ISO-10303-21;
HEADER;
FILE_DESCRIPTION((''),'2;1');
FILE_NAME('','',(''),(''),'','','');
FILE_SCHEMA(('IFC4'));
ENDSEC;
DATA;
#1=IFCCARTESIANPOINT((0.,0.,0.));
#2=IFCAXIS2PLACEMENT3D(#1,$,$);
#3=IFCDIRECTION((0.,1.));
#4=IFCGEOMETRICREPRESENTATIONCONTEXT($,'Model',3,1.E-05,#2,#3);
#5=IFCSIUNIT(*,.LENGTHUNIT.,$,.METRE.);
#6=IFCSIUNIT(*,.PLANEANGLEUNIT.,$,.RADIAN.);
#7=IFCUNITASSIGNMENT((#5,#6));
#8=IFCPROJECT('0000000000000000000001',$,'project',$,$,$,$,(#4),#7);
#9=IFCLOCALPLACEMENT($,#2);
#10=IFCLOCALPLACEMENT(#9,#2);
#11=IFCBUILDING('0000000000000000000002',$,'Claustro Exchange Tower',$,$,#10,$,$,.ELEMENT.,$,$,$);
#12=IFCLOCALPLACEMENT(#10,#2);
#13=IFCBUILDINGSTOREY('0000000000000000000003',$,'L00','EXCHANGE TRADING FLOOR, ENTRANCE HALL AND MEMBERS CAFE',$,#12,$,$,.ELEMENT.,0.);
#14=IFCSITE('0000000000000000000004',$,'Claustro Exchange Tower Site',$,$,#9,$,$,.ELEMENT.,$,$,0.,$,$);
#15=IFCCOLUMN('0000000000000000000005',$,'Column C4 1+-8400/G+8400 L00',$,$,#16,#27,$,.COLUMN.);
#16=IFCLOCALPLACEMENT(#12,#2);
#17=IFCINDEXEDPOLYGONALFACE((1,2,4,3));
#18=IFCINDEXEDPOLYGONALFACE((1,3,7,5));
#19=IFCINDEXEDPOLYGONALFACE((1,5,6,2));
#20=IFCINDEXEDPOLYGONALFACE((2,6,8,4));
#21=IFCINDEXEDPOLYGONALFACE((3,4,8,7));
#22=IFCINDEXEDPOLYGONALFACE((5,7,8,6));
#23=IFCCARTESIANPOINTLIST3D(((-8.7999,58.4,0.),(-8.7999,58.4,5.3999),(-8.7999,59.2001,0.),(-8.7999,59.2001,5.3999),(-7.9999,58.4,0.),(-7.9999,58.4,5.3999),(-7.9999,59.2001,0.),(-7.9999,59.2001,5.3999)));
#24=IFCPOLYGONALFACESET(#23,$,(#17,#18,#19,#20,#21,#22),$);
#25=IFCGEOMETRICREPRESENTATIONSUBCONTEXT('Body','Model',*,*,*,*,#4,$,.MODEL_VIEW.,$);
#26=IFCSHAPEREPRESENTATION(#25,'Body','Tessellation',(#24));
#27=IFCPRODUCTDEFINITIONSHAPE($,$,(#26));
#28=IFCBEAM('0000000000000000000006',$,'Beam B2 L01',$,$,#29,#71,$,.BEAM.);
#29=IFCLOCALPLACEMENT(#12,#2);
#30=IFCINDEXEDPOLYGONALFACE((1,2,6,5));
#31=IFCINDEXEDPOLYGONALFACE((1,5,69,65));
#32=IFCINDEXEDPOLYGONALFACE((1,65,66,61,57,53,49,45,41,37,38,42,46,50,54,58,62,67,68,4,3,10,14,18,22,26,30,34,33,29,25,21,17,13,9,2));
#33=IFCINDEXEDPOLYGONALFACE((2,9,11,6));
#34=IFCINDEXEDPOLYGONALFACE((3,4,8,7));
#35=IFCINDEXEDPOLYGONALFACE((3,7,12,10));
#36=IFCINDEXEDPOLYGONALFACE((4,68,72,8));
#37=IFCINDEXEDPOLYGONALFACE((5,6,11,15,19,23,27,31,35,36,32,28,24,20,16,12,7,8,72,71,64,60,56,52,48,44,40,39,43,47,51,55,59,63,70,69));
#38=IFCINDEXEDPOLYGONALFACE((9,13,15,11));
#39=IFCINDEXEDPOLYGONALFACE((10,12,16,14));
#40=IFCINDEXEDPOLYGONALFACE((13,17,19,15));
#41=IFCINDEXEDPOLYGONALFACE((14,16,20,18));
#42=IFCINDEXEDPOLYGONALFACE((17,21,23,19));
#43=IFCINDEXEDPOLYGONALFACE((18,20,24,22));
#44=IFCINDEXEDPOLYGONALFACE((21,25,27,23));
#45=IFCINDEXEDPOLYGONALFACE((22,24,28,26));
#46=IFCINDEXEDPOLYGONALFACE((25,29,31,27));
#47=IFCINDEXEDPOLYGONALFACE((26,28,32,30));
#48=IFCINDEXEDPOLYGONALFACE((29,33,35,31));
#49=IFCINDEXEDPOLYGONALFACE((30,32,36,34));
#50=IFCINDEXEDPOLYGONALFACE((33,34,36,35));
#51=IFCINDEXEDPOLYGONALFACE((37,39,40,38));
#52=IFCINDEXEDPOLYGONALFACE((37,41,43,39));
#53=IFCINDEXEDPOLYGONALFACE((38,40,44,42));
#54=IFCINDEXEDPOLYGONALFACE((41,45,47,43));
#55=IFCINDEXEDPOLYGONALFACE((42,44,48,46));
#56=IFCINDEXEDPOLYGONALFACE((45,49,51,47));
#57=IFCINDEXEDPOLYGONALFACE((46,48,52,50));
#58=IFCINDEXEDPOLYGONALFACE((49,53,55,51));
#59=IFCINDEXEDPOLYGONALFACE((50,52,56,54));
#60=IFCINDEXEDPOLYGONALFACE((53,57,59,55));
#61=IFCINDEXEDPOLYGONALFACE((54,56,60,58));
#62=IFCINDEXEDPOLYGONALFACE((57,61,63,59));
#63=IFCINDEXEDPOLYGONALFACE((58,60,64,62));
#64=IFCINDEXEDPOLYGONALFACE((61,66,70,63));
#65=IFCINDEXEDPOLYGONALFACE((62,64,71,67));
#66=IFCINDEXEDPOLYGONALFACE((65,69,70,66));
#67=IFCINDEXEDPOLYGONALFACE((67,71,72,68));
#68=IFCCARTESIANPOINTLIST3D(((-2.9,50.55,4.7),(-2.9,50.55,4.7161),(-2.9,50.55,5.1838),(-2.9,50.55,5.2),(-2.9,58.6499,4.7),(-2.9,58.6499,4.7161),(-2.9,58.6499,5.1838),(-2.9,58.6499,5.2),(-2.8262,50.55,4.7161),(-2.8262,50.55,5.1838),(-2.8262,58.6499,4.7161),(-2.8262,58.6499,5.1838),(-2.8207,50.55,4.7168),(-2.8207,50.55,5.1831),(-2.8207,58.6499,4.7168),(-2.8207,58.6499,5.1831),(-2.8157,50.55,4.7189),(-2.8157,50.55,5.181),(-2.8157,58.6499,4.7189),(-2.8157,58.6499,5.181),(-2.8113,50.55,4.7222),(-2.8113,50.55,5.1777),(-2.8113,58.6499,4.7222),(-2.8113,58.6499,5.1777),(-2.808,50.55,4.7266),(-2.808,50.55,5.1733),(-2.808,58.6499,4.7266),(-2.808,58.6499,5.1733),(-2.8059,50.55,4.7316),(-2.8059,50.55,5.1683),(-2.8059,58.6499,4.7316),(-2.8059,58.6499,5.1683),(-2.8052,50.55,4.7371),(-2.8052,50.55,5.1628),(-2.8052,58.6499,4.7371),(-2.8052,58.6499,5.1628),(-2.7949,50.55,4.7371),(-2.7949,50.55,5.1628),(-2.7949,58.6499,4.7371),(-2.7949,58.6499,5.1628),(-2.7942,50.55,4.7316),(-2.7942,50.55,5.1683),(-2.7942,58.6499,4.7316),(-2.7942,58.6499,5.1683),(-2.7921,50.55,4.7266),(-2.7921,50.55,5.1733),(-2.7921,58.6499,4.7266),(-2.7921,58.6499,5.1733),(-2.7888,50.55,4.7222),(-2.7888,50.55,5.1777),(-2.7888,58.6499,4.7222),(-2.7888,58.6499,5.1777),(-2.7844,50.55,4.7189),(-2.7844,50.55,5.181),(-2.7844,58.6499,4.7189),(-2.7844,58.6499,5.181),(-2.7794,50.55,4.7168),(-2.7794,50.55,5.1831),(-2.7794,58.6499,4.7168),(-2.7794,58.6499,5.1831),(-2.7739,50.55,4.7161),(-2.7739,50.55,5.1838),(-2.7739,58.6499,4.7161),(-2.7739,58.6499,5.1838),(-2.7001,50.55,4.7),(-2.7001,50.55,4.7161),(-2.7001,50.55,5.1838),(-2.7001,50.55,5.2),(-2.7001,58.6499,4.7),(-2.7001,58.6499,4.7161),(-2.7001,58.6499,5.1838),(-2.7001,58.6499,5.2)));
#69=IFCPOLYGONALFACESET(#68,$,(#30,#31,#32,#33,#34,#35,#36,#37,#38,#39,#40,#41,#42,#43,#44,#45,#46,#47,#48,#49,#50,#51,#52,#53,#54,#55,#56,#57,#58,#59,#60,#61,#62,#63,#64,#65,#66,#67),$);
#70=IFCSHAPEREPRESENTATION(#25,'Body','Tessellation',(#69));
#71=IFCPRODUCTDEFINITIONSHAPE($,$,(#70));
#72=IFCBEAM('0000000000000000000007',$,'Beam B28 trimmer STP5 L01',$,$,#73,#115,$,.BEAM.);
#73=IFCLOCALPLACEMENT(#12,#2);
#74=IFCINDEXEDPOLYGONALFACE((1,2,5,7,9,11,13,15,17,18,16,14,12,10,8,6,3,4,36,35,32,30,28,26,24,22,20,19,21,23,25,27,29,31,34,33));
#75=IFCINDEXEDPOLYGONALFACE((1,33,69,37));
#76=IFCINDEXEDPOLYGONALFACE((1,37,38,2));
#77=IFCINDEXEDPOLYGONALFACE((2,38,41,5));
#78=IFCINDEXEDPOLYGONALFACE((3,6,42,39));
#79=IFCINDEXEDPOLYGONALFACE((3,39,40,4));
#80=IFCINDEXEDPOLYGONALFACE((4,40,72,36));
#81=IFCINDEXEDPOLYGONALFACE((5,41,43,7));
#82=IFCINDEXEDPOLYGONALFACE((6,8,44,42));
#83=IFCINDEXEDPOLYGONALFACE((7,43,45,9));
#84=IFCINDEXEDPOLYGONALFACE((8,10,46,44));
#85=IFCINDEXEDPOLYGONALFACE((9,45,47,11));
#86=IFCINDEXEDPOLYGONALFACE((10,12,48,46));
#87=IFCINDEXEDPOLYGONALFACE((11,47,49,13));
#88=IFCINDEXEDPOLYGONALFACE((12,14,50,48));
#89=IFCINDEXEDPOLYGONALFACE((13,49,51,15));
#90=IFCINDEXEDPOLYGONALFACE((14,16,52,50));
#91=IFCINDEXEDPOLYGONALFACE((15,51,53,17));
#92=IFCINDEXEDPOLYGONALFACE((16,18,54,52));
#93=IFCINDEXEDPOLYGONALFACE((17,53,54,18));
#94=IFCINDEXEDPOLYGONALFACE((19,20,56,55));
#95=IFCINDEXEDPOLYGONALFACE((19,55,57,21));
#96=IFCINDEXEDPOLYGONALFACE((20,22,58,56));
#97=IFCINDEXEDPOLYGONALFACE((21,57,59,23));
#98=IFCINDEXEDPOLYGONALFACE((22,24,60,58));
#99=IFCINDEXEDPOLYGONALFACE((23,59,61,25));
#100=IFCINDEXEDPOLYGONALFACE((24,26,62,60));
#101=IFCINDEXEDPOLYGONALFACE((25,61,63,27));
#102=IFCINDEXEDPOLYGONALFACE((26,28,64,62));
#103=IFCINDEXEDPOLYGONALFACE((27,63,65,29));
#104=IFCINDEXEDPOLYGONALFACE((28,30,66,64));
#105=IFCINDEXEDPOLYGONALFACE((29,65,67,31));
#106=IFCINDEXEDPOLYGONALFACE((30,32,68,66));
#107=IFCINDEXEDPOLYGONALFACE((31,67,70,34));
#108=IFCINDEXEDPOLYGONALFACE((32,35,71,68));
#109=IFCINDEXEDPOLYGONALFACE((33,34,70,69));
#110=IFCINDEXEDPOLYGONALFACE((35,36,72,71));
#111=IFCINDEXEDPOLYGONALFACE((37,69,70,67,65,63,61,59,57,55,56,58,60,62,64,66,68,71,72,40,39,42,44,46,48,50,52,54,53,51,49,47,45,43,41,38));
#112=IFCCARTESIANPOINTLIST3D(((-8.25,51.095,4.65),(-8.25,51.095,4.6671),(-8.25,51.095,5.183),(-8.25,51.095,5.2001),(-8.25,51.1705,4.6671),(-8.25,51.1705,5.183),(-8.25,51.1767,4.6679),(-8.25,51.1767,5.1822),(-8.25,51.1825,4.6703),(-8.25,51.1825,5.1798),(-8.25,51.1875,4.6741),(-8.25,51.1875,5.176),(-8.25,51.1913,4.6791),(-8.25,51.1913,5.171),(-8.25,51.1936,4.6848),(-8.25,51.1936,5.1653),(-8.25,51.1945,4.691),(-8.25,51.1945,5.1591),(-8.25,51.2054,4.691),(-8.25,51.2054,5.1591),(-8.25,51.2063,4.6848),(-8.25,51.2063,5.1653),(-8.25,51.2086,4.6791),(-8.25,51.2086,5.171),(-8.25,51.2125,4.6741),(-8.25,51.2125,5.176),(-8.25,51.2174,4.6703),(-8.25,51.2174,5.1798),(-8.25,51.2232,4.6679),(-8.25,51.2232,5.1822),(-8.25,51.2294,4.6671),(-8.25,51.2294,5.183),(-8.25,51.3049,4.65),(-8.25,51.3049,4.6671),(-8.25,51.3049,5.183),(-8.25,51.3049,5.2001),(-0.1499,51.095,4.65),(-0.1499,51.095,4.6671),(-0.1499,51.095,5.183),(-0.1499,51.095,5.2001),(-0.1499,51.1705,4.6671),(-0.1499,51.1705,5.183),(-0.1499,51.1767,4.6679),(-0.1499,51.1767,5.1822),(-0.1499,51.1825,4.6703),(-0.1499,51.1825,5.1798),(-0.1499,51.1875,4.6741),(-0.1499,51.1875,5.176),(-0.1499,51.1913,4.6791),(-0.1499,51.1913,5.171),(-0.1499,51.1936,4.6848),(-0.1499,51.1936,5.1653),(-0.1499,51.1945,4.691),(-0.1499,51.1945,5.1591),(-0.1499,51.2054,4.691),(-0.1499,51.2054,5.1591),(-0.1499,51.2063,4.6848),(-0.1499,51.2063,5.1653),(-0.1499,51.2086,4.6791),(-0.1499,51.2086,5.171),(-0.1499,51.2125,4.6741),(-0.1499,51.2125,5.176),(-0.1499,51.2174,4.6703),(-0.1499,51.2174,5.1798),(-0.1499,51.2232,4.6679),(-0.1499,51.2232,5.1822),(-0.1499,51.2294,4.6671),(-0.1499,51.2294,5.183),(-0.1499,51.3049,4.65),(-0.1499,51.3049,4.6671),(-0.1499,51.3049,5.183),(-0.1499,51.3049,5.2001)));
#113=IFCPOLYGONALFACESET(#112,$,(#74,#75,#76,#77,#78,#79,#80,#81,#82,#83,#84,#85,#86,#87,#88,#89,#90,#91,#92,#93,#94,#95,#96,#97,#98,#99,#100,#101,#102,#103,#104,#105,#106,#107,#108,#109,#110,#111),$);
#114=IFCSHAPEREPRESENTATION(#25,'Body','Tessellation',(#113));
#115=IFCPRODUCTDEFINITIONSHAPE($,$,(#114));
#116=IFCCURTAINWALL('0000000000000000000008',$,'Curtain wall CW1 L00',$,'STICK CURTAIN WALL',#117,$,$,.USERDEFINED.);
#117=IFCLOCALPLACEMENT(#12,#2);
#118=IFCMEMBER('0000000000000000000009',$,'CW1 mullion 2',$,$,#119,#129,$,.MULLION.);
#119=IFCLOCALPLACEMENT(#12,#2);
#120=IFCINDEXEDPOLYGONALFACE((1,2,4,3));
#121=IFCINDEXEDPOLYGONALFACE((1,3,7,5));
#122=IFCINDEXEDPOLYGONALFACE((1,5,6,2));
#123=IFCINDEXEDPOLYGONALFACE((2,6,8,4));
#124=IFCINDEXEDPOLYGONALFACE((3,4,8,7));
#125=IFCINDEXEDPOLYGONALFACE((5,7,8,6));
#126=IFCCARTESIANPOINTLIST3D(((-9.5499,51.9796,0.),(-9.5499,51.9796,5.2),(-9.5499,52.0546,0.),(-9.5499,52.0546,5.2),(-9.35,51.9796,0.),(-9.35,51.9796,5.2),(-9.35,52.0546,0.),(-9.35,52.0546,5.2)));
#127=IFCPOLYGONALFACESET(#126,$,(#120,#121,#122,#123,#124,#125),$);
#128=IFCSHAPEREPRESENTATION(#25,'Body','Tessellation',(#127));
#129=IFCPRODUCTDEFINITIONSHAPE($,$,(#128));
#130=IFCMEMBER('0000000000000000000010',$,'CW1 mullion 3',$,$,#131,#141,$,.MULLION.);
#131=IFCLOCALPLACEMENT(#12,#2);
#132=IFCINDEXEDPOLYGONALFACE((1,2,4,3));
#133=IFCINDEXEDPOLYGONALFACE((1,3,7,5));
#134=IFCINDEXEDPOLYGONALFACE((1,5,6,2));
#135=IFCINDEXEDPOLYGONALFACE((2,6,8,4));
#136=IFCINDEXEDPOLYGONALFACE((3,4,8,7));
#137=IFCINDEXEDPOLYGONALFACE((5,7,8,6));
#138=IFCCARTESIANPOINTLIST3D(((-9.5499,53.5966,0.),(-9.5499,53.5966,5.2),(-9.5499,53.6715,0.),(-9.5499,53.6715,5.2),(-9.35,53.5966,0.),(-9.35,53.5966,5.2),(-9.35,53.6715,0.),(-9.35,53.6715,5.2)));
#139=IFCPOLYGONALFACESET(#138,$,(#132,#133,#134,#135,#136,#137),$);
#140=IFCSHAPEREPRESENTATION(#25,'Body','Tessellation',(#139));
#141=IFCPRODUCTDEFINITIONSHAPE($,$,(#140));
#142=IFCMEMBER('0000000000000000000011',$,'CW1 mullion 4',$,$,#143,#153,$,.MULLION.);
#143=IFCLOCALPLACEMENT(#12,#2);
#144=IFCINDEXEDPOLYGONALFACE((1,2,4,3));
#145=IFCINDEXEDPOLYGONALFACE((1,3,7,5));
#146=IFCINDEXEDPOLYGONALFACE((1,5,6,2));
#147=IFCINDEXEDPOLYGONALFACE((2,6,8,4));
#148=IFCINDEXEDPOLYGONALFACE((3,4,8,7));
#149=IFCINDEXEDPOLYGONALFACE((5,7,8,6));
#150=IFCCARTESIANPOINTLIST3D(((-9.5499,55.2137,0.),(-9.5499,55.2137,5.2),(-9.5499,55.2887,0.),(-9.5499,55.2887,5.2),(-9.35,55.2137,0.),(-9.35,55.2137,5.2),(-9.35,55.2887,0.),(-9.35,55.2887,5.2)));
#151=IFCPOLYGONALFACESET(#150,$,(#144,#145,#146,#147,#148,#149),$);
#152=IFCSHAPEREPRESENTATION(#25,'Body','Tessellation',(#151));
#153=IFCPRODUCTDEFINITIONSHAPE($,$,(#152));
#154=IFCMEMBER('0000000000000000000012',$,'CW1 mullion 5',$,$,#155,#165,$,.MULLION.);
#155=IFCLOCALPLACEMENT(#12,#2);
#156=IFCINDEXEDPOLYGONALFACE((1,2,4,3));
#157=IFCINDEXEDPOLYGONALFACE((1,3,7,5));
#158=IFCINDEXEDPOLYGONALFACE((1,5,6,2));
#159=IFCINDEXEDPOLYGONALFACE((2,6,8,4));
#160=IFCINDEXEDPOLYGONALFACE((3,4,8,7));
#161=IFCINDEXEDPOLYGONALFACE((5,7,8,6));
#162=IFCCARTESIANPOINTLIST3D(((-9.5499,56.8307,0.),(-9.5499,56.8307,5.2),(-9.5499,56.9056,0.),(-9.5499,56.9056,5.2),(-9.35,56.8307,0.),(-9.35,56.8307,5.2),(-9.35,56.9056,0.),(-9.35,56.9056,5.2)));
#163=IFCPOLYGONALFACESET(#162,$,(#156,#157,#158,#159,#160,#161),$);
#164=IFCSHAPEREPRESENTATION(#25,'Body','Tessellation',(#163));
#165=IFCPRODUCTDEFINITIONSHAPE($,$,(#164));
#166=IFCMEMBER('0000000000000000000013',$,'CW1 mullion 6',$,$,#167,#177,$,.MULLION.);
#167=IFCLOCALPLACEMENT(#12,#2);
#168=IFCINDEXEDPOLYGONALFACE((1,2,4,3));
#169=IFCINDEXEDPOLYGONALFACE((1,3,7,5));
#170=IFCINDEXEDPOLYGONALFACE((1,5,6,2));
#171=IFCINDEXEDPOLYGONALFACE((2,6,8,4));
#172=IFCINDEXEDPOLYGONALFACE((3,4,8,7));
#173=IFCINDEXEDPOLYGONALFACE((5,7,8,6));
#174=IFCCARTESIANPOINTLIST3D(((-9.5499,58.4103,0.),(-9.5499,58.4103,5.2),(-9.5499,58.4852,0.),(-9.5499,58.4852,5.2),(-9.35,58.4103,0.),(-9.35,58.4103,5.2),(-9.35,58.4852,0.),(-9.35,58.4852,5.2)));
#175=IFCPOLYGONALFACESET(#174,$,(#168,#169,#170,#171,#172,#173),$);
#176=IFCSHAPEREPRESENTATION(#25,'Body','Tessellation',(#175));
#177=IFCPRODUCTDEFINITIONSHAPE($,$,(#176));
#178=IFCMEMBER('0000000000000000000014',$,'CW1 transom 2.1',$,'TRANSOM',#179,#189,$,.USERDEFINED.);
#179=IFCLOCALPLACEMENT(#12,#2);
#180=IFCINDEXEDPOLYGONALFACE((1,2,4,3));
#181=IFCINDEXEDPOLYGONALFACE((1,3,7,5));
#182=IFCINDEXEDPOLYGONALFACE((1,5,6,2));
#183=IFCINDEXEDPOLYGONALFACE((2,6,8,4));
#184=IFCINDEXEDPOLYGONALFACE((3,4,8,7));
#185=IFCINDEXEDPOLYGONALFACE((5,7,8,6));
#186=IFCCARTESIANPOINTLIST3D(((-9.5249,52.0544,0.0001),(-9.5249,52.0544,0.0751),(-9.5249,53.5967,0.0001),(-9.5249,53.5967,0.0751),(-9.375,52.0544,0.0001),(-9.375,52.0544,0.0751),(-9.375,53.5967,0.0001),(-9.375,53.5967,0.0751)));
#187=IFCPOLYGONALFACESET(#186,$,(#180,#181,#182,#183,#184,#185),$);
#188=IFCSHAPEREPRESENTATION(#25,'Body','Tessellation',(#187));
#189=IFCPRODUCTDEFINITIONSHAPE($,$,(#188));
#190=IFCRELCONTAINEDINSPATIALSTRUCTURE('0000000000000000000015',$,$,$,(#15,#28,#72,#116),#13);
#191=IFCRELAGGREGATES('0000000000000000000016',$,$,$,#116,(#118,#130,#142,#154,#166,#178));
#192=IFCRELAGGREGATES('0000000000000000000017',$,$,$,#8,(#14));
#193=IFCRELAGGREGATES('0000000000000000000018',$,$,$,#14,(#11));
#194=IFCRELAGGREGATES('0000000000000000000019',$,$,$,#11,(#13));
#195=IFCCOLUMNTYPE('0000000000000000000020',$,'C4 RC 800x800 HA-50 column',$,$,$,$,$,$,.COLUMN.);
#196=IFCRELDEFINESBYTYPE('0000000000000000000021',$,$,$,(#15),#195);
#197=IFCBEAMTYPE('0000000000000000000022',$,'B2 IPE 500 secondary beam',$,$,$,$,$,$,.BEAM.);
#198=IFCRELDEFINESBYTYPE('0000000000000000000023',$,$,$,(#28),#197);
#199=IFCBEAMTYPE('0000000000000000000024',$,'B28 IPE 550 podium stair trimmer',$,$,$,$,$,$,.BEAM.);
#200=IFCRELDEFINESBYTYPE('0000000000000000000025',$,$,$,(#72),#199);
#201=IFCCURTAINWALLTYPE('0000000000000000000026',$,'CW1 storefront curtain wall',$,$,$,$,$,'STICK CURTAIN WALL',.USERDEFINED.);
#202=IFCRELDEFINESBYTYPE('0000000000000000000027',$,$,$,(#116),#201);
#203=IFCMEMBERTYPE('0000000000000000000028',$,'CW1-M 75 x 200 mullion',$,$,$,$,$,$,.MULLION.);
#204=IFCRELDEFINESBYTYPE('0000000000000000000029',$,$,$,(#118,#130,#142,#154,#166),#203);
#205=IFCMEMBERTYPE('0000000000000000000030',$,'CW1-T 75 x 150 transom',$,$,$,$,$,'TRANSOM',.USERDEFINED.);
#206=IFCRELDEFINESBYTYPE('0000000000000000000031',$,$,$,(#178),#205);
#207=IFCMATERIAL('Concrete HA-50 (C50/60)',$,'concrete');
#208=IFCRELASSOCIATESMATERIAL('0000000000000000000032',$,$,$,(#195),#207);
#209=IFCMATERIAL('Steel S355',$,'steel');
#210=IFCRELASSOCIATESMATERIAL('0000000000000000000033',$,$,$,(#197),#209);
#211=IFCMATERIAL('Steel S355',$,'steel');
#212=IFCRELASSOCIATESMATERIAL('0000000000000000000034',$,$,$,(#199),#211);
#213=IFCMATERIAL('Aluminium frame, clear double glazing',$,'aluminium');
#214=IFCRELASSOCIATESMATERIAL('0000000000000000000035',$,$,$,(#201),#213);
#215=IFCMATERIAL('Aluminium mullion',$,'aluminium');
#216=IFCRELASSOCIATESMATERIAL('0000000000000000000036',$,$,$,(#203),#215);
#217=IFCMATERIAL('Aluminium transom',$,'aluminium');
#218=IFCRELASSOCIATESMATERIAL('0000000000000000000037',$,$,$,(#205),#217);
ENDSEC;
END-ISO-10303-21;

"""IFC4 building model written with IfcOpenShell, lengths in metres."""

from ifc_helpers import new_model, si_unit, direction, frame, origin, origin_2d, place, context, subcontext, project, spatial, rectangle, i_section, extrude, material, material_profile, profile_set, type_object, element, aggregate, save


model = new_model("IFC4")

# Units and contexts
model_context = context("Model", 3, precision=1e-05, world=origin(), true_north=direction((0.0, 1.0)))
body_context = subcontext(model_context, "Body", "Model", "MODEL_VIEW")
ifc_project = project(units=[si_unit("LENGTHUNIT", "METRE"), si_unit("PLANEANGLEUNIT", "RADIAN")], contexts=[model_context])

# Site, building, storey
site_placement = place(None, origin())
site = spatial("IfcSite", under=ifc_project, at=site_placement, Name="Claustro Exchange Tower Site", CompositionType="ELEMENT", RefElevation=0.0)
building_placement = place(site_placement, origin())
building = spatial("IfcBuilding", under=site, at=building_placement, Name="Claustro Exchange Tower", CompositionType="ELEMENT")
storey_placement = place(building_placement, origin())
storey = spatial("IfcBuildingStorey", under=building, at=storey_placement, Name="L00", Description="EXCHANGE TRADING FLOOR, ENTRANCE HALL AND MEMBERS CAFE", CompositionType="ELEMENT", Elevation=0.0)

# Column
ifc_material_1 = material(Name="Concrete HA-50 (C50/60)", Category="concrete")
ifc_material_profile_1 = material_profile(ifc_material_1, rectangle(XDim=0.8, YDim=0.8, at=origin_2d()), Name="RC 800x800")
ifc_profile_set_1 = profile_set([ifc_material_profile_1], Name="Concrete HA-50 (C50/60)")
column_type = type_object("IfcColumnType", Name="C4 RC 800x800 HA-50 column", PredefinedType="COLUMN", material=ifc_profile_set_1)
column_placement = place(storey_placement, frame((-8.3999, 58.8, 0.0), z_axis=(0.0, 0.0, 1.0), x_axis=(1.0, 0.0, 0.0)))
element("IfcColumn", 1, at=column_placement, inside=storey, type_object=column_type, Name="Column C4 1+-8400/G+8400 L00", PredefinedType="COLUMN", context=body_context, shape_type="SweptSolid", body=[
    extrude(rectangle(XDim=0.8, YDim=0.8, at=origin_2d()), origin(), (0.0, 0.0, 1.0), 5.3999),
])

# Beams
ifc_material_2 = material(Name="Steel S355", Category="steel")
ifc_material_profile_2 = material_profile(ifc_material_2, i_section(OverallWidth=0.2, OverallDepth=0.5, WebThickness=0.0103, FlangeThickness=0.0161, FilletRadius=0.021, at=origin_2d()), Name="IPE 500")
ifc_profile_set_2 = profile_set([ifc_material_profile_2], Name="Steel S355")
beam_type_1 = type_object("IfcBeamType", Name="B2 IPE 500 secondary beam", PredefinedType="BEAM", material=ifc_profile_set_2)
beam_1_placement = place(storey_placement, frame((-2.8, 50.55, 4.95), z_axis=(0.0, 1.0, 0.0), x_axis=(-1.0, 0.0, 0.0)))
element("IfcBeam", 2, at=beam_1_placement, inside=storey, type_object=beam_type_1, Name="Beam B2 L01", PredefinedType="BEAM", context=body_context, shape_type="SweptSolid", body=[
    extrude(i_section(OverallWidth=0.2, OverallDepth=0.5, WebThickness=0.0103, FlangeThickness=0.0161, FilletRadius=0.021, at=origin_2d()), origin(), (0.0, 0.0, 1.0), 8.0999),
])
ifc_material_3 = material(Name="Steel S355", Category="steel")
ifc_material_profile_3 = material_profile(ifc_material_3, i_section(OverallWidth=0.21, OverallDepth=0.55, WebThickness=0.011, FlangeThickness=0.0171, FilletRadius=0.0239, at=origin_2d()), Name="IPE 550")
ifc_profile_set_3 = profile_set([ifc_material_profile_3], Name="Steel S355")
beam_type_2 = type_object("IfcBeamType", Name="B28 IPE 550 podium stair trimmer", PredefinedType="BEAM", material=ifc_profile_set_3)
beam_2_placement = place(storey_placement, frame((-8.25, 51.2, 4.925), z_axis=(1.0, 0.0, 0.0), x_axis=(0.0, 1.0, 0.0)))
element("IfcBeam", 3, at=beam_2_placement, inside=storey, type_object=beam_type_2, Name="Beam B28 trimmer STP5 L01", PredefinedType="BEAM", context=body_context, shape_type="SweptSolid", body=[
    extrude(i_section(OverallWidth=0.21, OverallDepth=0.55, WebThickness=0.011, FlangeThickness=0.0171, FilletRadius=0.0239, at=origin_2d()), origin(), (0.0, 0.0, 1.0), 8.1001),
])

# Curtain wall, members
ifc_material_4 = material(Name="Aluminium frame, clear double glazing", Category="aluminium")
curtain_wall_type = type_object("IfcCurtainWallType", Name="CW1 storefront curtain wall", ElementType="STICK CURTAIN WALL", PredefinedType="USERDEFINED", material=ifc_material_4)
curtain_wall_placement = place(storey_placement, origin())
curtain_wall = element("IfcCurtainWall", 4, at=curtain_wall_placement, inside=storey, type_object=curtain_wall_type, Name="Curtain wall CW1 L00", ObjectType="STICK CURTAIN WALL", PredefinedType="USERDEFINED")
ifc_material_5 = material(Name="Aluminium mullion", Category="aluminium")
ifc_material_profile_4 = material_profile(ifc_material_5, rectangle(XDim=0.2, YDim=0.075, at=origin_2d()), Name="CW1-M 75x200")
ifc_profile_set_4 = profile_set([ifc_material_profile_4], Name="Aluminium mullion")
member_type_1 = type_object("IfcMemberType", Name="CW1-M 75 x 200 mullion", PredefinedType="MULLION", material=ifc_profile_set_4)
member_1_placement = place(storey_placement, frame((-9.45, 52.0171, 0.0), z_axis=(0.0, 0.0, 1.0), x_axis=(-1.0, 0.0, 0.0)))
member_1 = element("IfcMember", 5, at=member_1_placement, type_object=member_type_1, Name="CW1 mullion 2", PredefinedType="MULLION", context=body_context, shape_type="SweptSolid", body=[
    extrude(rectangle(XDim=0.2, YDim=0.075, at=origin_2d()), origin(), (0.0, 0.0, 1.0), 5.2),
])
member_2_placement = place(storey_placement, frame((-9.45, 53.634, 0.0), z_axis=(0.0, 0.0, 1.0), x_axis=(-1.0, 0.0, 0.0)))
member_2 = element("IfcMember", 6, at=member_2_placement, type_object=member_type_1, Name="CW1 mullion 3", PredefinedType="MULLION", context=body_context, shape_type="SweptSolid", body=[
    extrude(rectangle(XDim=0.2, YDim=0.075, at=origin_2d()), origin(), (0.0, 0.0, 1.0), 5.2),
])
member_3_placement = place(storey_placement, frame((-9.45, 55.2512, 0.0), z_axis=(0.0, 0.0, 1.0), x_axis=(-1.0, 0.0, 0.0)))
member_3 = element("IfcMember", 7, at=member_3_placement, type_object=member_type_1, Name="CW1 mullion 4", PredefinedType="MULLION", context=body_context, shape_type="SweptSolid", body=[
    extrude(rectangle(XDim=0.2, YDim=0.075, at=origin_2d()), origin(), (0.0, 0.0, 1.0), 5.2),
])
member_4_placement = place(storey_placement, frame((-9.45, 56.8682, 0.0), z_axis=(0.0, 0.0, 1.0), x_axis=(-1.0, 0.0, 0.0)))
member_4 = element("IfcMember", 8, at=member_4_placement, type_object=member_type_1, Name="CW1 mullion 5", PredefinedType="MULLION", context=body_context, shape_type="SweptSolid", body=[
    extrude(rectangle(XDim=0.2, YDim=0.075, at=origin_2d()), origin(), (0.0, 0.0, 1.0), 5.2),
])
member_5_placement = place(storey_placement, frame((-9.45, 58.4478, 0.0), z_axis=(0.0, 0.0, 1.0), x_axis=(-1.0, 0.0, 0.0)))
member_5 = element("IfcMember", 9, at=member_5_placement, type_object=member_type_1, Name="CW1 mullion 6", PredefinedType="MULLION", context=body_context, shape_type="SweptSolid", body=[
    extrude(rectangle(XDim=0.2, YDim=0.075, at=origin_2d()), origin(), (0.0, 0.0, 1.0), 5.2),
])
ifc_material_6 = material(Name="Aluminium transom", Category="aluminium")
ifc_material_profile_5 = material_profile(ifc_material_6, rectangle(XDim=0.1499, YDim=0.075, at=origin_2d()), Name="CW1-T 75x150")
ifc_profile_set_5 = profile_set([ifc_material_profile_5], Name="Aluminium transom")
member_type_2 = type_object("IfcMemberType", Name="CW1-T 75 x 150 transom", ElementType="TRANSOM", PredefinedType="USERDEFINED", material=ifc_profile_set_5)
member_6_placement = place(storey_placement, frame((-9.45, 52.0544, 0.0376), z_axis=(0.0, 1.0, 0.0), x_axis=(-1.0, 0.0, 0.0)))
member_6 = element("IfcMember", 10, at=member_6_placement, type_object=member_type_2, Name="CW1 transom 2.1", ObjectType="TRANSOM", PredefinedType="USERDEFINED", context=body_context, shape_type="SweptSolid", body=[
    extrude(rectangle(XDim=0.1499, YDim=0.075, at=origin_2d()), origin(), (0.0, 0.0, 1.0), 1.5422),
])
aggregate(curtain_wall, [member_1, member_2, member_3, member_4, member_5, member_6])

save(model, "model.ifc")
